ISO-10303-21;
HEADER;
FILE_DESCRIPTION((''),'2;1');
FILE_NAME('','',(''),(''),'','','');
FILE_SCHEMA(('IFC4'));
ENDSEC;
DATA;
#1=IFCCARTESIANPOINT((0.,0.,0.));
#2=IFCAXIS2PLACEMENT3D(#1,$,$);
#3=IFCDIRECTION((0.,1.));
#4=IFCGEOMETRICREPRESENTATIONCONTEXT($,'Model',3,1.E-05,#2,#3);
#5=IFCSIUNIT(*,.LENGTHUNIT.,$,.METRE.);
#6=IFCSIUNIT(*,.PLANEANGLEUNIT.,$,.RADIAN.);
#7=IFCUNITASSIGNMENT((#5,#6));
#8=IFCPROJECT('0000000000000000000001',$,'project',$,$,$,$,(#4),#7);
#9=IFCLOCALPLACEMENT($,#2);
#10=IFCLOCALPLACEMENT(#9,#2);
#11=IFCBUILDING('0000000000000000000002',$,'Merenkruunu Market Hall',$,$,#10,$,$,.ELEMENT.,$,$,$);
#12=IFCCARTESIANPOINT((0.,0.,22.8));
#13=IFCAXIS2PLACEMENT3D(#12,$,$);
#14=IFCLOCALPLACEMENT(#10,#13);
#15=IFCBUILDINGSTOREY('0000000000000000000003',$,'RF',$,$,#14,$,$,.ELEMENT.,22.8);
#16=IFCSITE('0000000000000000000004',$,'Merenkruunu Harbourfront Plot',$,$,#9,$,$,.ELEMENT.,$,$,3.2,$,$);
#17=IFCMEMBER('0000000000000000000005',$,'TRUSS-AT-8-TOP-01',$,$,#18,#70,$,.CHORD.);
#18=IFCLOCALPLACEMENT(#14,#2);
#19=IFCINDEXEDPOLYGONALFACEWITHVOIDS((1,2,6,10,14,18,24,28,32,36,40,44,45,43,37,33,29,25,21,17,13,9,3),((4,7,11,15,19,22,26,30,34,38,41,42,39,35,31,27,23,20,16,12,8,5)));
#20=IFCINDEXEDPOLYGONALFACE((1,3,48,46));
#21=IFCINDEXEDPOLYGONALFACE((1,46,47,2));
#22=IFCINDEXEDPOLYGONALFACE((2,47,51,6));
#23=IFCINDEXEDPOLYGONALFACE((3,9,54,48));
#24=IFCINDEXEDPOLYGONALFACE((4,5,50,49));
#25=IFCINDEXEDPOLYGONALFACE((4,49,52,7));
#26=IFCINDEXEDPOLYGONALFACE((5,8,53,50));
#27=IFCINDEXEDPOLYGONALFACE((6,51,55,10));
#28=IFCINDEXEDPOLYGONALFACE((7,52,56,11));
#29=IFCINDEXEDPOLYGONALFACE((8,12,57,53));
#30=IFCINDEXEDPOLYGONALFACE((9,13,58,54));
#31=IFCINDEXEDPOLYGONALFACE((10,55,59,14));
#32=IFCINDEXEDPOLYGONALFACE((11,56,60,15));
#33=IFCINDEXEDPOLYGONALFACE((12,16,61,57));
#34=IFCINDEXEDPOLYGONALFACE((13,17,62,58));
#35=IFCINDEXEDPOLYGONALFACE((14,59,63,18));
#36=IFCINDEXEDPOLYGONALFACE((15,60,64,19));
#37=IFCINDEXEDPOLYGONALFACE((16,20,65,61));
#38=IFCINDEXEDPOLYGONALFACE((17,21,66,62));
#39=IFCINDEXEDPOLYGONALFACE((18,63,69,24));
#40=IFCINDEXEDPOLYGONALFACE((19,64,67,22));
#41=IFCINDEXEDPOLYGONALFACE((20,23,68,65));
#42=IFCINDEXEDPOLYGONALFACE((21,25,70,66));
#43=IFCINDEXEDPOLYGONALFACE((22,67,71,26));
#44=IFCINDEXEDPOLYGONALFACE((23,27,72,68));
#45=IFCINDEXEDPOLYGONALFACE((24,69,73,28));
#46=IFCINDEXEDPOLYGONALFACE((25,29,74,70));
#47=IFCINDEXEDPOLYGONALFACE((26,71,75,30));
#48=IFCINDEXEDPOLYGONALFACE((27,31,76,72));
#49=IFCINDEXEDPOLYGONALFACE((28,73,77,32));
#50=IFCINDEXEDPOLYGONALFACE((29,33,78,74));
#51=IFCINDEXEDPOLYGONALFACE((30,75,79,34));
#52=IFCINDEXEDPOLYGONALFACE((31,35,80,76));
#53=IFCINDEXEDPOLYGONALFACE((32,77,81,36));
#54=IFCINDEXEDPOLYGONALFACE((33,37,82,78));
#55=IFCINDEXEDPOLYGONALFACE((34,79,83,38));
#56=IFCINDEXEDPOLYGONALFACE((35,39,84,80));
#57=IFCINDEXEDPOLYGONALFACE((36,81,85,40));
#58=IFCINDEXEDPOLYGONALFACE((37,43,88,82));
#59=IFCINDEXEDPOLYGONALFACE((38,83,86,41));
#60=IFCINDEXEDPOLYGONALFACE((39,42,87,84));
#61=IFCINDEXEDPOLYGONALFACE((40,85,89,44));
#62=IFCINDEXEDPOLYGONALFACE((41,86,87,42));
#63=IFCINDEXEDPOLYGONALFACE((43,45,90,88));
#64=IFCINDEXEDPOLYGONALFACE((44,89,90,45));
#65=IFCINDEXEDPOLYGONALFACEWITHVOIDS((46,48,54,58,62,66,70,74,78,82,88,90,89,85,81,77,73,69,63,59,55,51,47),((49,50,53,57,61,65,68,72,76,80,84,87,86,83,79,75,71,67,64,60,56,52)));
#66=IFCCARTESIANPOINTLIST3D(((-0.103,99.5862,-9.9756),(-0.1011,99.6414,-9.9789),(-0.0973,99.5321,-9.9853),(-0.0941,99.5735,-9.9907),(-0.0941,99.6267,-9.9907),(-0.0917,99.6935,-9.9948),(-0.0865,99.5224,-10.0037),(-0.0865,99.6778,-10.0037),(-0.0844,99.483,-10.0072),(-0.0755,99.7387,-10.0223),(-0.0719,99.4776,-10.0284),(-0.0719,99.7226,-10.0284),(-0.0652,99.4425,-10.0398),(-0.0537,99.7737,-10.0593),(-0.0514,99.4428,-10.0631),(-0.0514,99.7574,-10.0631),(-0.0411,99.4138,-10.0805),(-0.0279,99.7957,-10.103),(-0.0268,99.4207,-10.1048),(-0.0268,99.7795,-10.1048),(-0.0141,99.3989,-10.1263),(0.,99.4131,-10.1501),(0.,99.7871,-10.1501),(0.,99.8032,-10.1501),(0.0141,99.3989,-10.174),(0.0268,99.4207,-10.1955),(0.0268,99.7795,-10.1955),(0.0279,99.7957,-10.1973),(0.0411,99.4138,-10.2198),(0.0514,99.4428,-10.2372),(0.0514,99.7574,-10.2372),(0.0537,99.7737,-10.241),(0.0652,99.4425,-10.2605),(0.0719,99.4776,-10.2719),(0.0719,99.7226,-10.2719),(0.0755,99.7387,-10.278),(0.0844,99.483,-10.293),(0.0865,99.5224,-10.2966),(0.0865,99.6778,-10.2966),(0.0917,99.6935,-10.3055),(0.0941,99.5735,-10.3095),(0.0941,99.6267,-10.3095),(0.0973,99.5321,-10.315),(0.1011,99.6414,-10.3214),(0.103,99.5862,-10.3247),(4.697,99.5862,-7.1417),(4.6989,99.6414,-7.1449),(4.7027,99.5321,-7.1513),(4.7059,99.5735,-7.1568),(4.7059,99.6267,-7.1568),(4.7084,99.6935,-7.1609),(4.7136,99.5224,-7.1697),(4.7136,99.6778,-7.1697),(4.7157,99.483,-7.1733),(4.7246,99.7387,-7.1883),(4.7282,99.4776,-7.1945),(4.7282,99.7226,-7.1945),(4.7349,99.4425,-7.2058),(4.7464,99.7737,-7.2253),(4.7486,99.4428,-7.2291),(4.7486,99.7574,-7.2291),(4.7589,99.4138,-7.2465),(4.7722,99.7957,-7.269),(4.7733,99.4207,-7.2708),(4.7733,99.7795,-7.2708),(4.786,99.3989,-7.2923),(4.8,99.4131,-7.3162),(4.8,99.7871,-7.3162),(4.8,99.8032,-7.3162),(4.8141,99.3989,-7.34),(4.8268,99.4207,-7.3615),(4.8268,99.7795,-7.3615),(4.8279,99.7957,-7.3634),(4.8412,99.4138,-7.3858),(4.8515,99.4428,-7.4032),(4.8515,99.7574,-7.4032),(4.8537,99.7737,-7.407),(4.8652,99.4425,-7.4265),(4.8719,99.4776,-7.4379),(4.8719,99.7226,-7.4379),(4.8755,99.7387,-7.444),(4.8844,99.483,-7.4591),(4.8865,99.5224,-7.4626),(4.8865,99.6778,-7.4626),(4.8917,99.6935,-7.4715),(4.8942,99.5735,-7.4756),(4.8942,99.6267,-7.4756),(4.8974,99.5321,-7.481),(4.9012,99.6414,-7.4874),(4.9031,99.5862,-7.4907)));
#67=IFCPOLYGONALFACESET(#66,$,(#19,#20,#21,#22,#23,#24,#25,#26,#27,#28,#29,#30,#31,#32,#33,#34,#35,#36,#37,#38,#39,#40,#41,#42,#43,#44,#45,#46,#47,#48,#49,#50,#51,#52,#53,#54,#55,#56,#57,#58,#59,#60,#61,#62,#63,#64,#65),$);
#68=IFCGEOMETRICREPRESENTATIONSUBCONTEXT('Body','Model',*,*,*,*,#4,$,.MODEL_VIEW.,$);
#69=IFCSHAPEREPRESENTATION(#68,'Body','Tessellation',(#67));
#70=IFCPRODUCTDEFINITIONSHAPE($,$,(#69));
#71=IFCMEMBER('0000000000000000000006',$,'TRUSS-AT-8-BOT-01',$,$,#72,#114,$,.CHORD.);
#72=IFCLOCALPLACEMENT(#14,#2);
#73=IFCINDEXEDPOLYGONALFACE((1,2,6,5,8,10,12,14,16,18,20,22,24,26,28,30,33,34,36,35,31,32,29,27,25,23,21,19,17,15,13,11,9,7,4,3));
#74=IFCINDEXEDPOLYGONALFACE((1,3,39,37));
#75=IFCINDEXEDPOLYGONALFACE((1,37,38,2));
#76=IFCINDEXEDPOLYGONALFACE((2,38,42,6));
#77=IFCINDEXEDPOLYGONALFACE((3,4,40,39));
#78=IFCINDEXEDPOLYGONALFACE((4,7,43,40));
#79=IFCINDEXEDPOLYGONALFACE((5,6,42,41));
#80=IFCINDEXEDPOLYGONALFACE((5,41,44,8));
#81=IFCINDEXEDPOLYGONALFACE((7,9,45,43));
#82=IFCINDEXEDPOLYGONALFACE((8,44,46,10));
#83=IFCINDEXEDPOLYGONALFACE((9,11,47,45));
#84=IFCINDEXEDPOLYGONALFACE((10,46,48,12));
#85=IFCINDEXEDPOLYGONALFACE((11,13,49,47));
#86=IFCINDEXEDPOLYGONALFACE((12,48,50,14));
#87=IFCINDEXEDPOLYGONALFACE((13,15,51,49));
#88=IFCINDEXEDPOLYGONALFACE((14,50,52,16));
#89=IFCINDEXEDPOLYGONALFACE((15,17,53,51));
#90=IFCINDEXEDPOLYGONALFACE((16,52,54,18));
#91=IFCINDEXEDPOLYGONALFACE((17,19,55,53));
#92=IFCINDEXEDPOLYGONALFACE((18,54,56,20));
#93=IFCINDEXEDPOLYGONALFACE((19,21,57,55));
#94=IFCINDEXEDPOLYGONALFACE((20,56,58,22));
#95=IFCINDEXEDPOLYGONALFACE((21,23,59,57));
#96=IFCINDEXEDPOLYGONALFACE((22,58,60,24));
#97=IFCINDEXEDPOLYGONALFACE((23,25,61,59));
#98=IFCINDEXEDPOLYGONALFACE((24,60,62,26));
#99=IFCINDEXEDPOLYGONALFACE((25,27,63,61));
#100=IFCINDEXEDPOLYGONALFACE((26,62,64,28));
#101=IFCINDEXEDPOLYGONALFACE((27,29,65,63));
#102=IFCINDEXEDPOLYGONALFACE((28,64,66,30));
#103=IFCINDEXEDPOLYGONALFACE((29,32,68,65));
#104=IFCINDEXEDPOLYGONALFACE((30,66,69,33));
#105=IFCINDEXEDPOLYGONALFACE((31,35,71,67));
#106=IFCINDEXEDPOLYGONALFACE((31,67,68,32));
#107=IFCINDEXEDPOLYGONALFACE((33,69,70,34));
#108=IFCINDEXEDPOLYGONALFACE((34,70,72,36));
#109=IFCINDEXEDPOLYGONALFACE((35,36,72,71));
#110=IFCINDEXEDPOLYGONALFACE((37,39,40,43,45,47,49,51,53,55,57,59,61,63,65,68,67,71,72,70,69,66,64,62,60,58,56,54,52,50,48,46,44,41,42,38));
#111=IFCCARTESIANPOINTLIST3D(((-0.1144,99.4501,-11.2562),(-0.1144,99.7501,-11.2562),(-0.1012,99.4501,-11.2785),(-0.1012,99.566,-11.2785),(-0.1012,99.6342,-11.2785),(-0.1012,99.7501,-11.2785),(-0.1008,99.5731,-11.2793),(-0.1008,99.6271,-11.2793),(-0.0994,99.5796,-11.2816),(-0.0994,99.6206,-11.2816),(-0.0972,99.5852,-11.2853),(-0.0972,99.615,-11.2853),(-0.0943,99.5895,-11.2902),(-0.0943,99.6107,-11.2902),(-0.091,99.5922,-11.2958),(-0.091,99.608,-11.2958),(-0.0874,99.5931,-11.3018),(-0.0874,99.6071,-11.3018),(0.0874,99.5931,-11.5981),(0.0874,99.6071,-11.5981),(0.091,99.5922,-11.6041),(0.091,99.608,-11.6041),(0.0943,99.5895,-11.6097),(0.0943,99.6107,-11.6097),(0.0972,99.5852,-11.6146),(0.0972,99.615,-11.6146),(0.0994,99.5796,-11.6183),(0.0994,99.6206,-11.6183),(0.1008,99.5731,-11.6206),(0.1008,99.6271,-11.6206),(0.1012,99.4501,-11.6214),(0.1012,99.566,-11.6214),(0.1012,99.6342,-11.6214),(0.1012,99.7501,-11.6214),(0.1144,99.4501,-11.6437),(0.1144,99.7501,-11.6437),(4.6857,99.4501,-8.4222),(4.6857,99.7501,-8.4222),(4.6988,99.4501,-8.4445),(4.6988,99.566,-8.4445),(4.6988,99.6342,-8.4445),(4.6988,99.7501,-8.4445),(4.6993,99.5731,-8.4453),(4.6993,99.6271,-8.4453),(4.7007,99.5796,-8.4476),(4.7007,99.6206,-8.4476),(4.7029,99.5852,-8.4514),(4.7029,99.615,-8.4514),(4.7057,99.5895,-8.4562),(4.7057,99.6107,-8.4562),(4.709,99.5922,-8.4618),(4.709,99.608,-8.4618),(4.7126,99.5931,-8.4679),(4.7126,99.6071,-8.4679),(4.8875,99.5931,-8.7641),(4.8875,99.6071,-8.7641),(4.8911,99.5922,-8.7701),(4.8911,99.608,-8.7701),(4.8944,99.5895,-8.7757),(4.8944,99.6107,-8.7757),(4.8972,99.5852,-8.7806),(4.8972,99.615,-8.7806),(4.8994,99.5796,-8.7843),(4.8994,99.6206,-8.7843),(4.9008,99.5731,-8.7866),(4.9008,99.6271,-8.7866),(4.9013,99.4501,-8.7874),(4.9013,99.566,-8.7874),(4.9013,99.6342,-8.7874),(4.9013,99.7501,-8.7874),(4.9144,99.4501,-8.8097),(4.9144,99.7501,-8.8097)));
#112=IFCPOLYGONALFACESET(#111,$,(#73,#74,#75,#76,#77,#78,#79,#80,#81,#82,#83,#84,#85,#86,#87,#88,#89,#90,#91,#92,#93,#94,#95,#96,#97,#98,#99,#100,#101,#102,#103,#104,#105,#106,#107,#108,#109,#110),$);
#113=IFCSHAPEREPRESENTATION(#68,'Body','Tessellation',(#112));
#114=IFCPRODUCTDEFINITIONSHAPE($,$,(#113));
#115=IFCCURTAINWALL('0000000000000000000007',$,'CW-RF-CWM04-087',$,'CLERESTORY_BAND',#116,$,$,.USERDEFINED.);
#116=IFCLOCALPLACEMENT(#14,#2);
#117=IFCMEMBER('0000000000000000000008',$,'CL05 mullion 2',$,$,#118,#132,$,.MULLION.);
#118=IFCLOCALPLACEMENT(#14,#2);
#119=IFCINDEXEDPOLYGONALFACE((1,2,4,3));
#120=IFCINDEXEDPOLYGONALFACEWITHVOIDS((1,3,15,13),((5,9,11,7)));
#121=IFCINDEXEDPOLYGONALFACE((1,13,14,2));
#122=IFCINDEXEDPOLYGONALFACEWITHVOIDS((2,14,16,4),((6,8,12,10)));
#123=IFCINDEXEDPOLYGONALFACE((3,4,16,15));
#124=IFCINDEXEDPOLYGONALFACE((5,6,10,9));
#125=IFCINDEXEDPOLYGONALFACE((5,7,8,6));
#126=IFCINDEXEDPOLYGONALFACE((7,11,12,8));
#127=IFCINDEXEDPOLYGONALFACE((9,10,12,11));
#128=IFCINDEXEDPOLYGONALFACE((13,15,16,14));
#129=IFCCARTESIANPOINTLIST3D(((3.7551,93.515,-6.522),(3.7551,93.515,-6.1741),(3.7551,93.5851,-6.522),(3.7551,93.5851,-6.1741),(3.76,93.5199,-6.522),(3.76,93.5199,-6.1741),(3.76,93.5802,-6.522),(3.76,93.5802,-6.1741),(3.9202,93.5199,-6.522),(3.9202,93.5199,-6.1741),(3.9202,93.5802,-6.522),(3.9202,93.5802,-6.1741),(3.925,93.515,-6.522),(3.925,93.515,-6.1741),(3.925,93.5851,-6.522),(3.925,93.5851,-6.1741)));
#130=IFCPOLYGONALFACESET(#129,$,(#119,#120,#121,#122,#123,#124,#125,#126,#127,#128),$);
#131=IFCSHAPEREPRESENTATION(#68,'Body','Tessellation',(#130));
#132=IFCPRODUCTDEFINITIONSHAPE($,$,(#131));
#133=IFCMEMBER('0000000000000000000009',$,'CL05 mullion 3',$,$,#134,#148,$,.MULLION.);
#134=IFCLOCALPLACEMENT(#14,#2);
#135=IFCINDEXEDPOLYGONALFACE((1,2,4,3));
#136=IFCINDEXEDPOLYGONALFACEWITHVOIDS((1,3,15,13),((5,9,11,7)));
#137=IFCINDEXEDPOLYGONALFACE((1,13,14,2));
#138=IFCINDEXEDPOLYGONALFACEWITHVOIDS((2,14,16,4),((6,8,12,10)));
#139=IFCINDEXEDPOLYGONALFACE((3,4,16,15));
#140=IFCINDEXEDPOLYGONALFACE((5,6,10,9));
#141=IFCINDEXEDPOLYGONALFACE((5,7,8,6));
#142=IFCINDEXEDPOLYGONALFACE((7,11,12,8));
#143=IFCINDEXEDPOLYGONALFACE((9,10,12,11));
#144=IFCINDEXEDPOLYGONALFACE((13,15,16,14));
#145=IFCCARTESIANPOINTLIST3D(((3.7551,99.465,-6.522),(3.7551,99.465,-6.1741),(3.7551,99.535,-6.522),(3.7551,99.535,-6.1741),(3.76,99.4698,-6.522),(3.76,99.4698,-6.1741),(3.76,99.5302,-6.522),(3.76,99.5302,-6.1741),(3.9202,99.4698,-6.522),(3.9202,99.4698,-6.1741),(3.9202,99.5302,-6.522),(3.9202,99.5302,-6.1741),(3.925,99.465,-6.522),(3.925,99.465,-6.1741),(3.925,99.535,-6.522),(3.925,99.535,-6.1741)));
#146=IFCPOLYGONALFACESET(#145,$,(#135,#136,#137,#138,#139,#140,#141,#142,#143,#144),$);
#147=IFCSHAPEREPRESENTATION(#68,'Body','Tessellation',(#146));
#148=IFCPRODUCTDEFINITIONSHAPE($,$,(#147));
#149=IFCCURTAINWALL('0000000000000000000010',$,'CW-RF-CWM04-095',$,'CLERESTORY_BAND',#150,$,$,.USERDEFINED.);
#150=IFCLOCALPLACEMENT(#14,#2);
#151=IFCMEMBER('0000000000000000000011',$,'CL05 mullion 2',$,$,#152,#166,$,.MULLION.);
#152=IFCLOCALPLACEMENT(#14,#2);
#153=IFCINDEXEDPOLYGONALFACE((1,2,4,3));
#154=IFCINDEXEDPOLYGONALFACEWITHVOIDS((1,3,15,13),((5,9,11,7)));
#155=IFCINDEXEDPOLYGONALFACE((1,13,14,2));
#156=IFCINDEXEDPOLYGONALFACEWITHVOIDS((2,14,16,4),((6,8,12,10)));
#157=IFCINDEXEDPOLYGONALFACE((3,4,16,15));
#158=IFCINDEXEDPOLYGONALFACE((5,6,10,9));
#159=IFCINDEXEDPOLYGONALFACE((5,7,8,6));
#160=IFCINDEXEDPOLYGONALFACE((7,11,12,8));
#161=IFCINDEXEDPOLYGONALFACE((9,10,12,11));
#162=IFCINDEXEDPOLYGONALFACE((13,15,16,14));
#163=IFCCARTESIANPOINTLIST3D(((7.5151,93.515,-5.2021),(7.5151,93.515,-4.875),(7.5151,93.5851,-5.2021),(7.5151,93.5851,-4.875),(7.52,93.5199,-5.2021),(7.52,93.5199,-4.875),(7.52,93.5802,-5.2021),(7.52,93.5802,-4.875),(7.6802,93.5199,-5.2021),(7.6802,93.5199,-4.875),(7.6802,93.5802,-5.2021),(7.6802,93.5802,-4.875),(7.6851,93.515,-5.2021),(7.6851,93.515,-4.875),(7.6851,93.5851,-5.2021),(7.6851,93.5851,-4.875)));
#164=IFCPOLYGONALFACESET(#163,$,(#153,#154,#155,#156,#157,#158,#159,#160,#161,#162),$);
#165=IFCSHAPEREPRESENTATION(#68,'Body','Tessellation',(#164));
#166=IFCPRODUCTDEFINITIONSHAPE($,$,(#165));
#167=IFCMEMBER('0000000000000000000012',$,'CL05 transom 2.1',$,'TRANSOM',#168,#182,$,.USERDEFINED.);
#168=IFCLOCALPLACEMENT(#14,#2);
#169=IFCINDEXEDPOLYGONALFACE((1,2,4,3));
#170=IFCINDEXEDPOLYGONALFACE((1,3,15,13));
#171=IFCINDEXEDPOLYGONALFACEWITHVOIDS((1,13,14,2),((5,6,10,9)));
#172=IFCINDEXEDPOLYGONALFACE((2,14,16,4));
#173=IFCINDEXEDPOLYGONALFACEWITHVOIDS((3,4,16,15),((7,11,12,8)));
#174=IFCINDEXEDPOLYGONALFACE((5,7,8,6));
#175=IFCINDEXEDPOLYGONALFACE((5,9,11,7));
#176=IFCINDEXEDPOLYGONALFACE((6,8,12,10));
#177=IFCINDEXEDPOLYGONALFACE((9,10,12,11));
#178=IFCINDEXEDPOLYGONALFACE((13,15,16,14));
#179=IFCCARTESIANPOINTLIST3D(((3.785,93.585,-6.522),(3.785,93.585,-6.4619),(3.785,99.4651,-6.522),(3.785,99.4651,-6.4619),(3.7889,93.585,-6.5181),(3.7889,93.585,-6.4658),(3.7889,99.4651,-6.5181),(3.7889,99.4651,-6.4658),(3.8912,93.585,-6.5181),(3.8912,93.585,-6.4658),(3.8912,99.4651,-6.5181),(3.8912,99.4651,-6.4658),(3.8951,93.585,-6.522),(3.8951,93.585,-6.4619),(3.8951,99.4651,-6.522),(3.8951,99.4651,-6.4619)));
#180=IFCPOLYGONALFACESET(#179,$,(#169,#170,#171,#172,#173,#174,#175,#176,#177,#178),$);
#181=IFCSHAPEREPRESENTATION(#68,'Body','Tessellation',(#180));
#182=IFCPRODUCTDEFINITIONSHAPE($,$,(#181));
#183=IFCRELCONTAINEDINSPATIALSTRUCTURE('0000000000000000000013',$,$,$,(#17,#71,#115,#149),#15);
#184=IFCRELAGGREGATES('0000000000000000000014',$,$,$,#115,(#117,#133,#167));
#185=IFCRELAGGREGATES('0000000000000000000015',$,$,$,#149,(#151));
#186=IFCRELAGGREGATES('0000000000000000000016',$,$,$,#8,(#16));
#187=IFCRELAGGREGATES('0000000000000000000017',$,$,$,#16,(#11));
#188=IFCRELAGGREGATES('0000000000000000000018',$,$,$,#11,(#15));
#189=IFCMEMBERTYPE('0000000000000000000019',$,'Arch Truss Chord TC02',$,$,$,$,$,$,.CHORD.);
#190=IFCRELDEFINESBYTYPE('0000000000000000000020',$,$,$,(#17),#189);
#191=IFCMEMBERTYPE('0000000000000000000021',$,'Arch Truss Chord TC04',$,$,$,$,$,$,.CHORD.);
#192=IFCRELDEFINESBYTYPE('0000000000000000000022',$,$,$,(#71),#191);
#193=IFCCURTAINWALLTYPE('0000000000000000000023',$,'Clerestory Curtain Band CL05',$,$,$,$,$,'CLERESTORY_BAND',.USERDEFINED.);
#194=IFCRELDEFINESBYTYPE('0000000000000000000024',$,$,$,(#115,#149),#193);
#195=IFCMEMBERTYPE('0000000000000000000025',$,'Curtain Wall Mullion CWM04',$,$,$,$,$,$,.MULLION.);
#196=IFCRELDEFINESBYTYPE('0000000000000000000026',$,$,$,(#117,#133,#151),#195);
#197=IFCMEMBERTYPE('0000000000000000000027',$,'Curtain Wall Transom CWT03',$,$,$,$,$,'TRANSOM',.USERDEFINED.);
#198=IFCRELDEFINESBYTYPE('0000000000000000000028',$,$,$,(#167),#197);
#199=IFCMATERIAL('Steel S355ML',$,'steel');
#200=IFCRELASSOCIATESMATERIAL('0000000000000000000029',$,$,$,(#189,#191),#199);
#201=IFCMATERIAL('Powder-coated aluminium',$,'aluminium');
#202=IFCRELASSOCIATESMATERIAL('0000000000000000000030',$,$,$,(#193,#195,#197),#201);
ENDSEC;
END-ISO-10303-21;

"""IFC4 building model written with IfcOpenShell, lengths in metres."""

from ifc_helpers import new_model, si_unit, direction, frame, origin, origin_2d, place, context, subcontext, project, spatial, hollow_rectangle, hollow_circle, i_section, extrude, material, material_profile, profile_set, type_object, element, aggregate, save


model = new_model("IFC4")

# Units and contexts
model_context = context("Model", 3, precision=1e-05, world=origin(), true_north=direction((0.0, 1.0)))
body_context = subcontext(model_context, "Body", "Model", "MODEL_VIEW")
ifc_project = project(units=[si_unit("LENGTHUNIT", "METRE"), si_unit("PLANEANGLEUNIT", "RADIAN")], contexts=[model_context])

# Site, building, storey
site_placement = place(None, origin())
site = spatial("IfcSite", under=ifc_project, at=site_placement, Name="Merenkruunu Harbourfront Plot", CompositionType="ELEMENT", RefElevation=3.2)
building_placement = place(site_placement, origin())
building = spatial("IfcBuilding", under=site, at=building_placement, Name="Merenkruunu Market Hall", CompositionType="ELEMENT")
storey_placement = place(building_placement, frame((0.0, 0.0, 22.8)))
storey = spatial("IfcBuildingStorey", under=building, at=storey_placement, Name="RF", CompositionType="ELEMENT", Elevation=22.8)

# Members
ifc_material_1 = material(Name="Steel S355ML", Category="steel")
ifc_material_profile_1 = material_profile(ifc_material_1, hollow_circle(Radius=0.2031, WallThickness=0.0161, at=origin_2d()), Name="CHS 406.4x16")
ifc_profile_set_1 = profile_set([ifc_material_profile_1], Name="Steel S355ML")
member_type_1 = type_object("IfcMemberType", Name="Arch Truss Chord TC02", PredefinedType="CHORD", material=ifc_profile_set_1)
member_1_placement = place(storey_placement, frame((0.0, 99.6001, -10.1501), z_axis=(0.861116, 0.0, 0.508409), x_axis=(0.0, 1.0, 0.0)))
element("IfcMember", 1, at=member_1_placement, inside=storey, type_object=member_type_1, Name="TRUSS-AT-8-TOP-01", PredefinedType="CHORD", context=body_context, shape_type="SweptSolid", body=[
    extrude(hollow_circle(Radius=0.2031, WallThickness=0.0161, at=origin_2d()), origin(), (0.0, 0.0, 1.0), 5.5742),
])
ifc_material_profile_2 = material_profile(ifc_material_1, i_section(OverallWidth=0.3, OverallDepth=0.45, WebThickness=0.0139, FlangeThickness=0.0259, FilletRadius=0.0271, at=origin_2d()), Name="HEB 450")
ifc_profile_set_2 = profile_set([ifc_material_profile_2], Name="Steel S355ML")
member_type_2 = type_object("IfcMemberType", Name="Arch Truss Chord TC04", PredefinedType="CHORD", material=ifc_profile_set_2)
member_2_placement = place(storey_placement, frame((0.0, 99.6001, -11.45), z_axis=(0.861116, 0.0, 0.508409), x_axis=(0.0, 1.0, 0.0)))
element("IfcMember", 2, at=member_2_placement, inside=storey, type_object=member_type_2, Name="TRUSS-AT-8-BOT-01", PredefinedType="CHORD", context=body_context, shape_type="SweptSolid", body=[
    extrude(i_section(OverallWidth=0.3, OverallDepth=0.45, WebThickness=0.0139, FlangeThickness=0.0259, FilletRadius=0.0271, at=origin_2d()), origin(), (0.0, 0.0, 1.0), 5.5742),
])

# Curtain wall, members
ifc_material_2 = material(Name="Powder-coated aluminium", Category="aluminium")
curtain_wall_type = type_object("IfcCurtainWallType", Name="Clerestory Curtain Band CL05", ElementType="CLERESTORY_BAND", PredefinedType="USERDEFINED", material=ifc_material_2)
curtain_wall_1_placement = place(storey_placement, origin())
curtain_wall_1 = element("IfcCurtainWall", 3, at=curtain_wall_1_placement, inside=storey, type_object=curtain_wall_type, Name="CW-RF-CWM04-087", ObjectType="CLERESTORY_BAND", PredefinedType="USERDEFINED")
ifc_material_profile_3 = material_profile(ifc_material_2, hollow_rectangle(XDim=0.0701, YDim=0.1699, WallThickness=0.0049, at=origin_2d()), Name="ALU 70x170x5")
ifc_profile_set_3 = profile_set([ifc_material_profile_3], Name="Powder-coated aluminium")
member_type_3 = type_object("IfcMemberType", Name="Curtain Wall Mullion CWM04", PredefinedType="MULLION", material=ifc_profile_set_3)
member_3_placement = place(storey_placement, frame((3.8401, 93.55, -6.522), z_axis=(0.0, 0.0, 1.0), x_axis=(0.0, 1.0, 0.0)))
member_3 = element("IfcMember", 4, at=member_3_placement, type_object=member_type_3, Name="CL05 mullion 2", PredefinedType="MULLION", context=body_context, shape_type="SweptSolid", body=[
    extrude(hollow_rectangle(XDim=0.0701, YDim=0.1699, WallThickness=0.0049, at=origin_2d()), origin(), (0.0, 0.0, 1.0), 0.3479),
])
member_4_placement = place(storey_placement, frame((3.8401, 99.5, -6.522), z_axis=(0.0, 0.0, 1.0), x_axis=(0.0, 1.0, 0.0)))
member_4 = element("IfcMember", 5, at=member_4_placement, type_object=member_type_3, Name="CL05 mullion 3", PredefinedType="MULLION", context=body_context, shape_type="SweptSolid", body=[
    extrude(hollow_rectangle(XDim=0.0701, YDim=0.1699, WallThickness=0.0049, at=origin_2d()), origin(), (0.0, 0.0, 1.0), 0.3479),
])

# Curtain wall, member
curtain_wall_2_placement = place(storey_placement, origin())
curtain_wall_2 = element("IfcCurtainWall", 6, at=curtain_wall_2_placement, inside=storey, type_object=curtain_wall_type, Name="CW-RF-CWM04-095", ObjectType="CLERESTORY_BAND", PredefinedType="USERDEFINED")
member_5_placement = place(storey_placement, frame((7.6001, 93.55, -5.2021), z_axis=(0.0, 0.0, 1.0), x_axis=(0.0, 1.0, 0.0)))
member_5 = element("IfcMember", 7, at=member_5_placement, type_object=member_type_3, Name="CL05 mullion 2", PredefinedType="MULLION", context=body_context, shape_type="SweptSolid", body=[
    extrude(hollow_rectangle(XDim=0.0701, YDim=0.1699, WallThickness=0.0049, at=origin_2d()), origin(), (0.0, 0.0, 1.0), 0.3271),
])

# Member
ifc_material_profile_4 = material_profile(ifc_material_2, hollow_rectangle(XDim=0.0601, YDim=0.1101, WallThickness=0.0039, at=origin_2d()), Name="ALU 60x110x4")
ifc_profile_set_4 = profile_set([ifc_material_profile_4], Name="Powder-coated aluminium")
member_type_4 = type_object("IfcMemberType", Name="Curtain Wall Transom CWT03", ElementType="TRANSOM", PredefinedType="USERDEFINED", material=ifc_profile_set_4)
member_6_placement = place(storey_placement, frame((3.8401, 93.585, -6.4919), z_axis=(0.0, 1.0, 0.0), x_axis=(0.0, 0.0, 1.0)))
member_6 = element("IfcMember", 8, at=member_6_placement, type_object=member_type_4, Name="CL05 transom 2.1", ObjectType="TRANSOM", PredefinedType="USERDEFINED", context=body_context, shape_type="SweptSolid", body=[
    extrude(hollow_rectangle(XDim=0.0601, YDim=0.1101, WallThickness=0.0039, at=origin_2d()), origin(), (0.0, 0.0, 1.0), 5.8801),
])

aggregate(curtain_wall_1, [member_3, member_4, member_6])
aggregate(curtain_wall_2, [member_5])

save(model, "model.ifc")
